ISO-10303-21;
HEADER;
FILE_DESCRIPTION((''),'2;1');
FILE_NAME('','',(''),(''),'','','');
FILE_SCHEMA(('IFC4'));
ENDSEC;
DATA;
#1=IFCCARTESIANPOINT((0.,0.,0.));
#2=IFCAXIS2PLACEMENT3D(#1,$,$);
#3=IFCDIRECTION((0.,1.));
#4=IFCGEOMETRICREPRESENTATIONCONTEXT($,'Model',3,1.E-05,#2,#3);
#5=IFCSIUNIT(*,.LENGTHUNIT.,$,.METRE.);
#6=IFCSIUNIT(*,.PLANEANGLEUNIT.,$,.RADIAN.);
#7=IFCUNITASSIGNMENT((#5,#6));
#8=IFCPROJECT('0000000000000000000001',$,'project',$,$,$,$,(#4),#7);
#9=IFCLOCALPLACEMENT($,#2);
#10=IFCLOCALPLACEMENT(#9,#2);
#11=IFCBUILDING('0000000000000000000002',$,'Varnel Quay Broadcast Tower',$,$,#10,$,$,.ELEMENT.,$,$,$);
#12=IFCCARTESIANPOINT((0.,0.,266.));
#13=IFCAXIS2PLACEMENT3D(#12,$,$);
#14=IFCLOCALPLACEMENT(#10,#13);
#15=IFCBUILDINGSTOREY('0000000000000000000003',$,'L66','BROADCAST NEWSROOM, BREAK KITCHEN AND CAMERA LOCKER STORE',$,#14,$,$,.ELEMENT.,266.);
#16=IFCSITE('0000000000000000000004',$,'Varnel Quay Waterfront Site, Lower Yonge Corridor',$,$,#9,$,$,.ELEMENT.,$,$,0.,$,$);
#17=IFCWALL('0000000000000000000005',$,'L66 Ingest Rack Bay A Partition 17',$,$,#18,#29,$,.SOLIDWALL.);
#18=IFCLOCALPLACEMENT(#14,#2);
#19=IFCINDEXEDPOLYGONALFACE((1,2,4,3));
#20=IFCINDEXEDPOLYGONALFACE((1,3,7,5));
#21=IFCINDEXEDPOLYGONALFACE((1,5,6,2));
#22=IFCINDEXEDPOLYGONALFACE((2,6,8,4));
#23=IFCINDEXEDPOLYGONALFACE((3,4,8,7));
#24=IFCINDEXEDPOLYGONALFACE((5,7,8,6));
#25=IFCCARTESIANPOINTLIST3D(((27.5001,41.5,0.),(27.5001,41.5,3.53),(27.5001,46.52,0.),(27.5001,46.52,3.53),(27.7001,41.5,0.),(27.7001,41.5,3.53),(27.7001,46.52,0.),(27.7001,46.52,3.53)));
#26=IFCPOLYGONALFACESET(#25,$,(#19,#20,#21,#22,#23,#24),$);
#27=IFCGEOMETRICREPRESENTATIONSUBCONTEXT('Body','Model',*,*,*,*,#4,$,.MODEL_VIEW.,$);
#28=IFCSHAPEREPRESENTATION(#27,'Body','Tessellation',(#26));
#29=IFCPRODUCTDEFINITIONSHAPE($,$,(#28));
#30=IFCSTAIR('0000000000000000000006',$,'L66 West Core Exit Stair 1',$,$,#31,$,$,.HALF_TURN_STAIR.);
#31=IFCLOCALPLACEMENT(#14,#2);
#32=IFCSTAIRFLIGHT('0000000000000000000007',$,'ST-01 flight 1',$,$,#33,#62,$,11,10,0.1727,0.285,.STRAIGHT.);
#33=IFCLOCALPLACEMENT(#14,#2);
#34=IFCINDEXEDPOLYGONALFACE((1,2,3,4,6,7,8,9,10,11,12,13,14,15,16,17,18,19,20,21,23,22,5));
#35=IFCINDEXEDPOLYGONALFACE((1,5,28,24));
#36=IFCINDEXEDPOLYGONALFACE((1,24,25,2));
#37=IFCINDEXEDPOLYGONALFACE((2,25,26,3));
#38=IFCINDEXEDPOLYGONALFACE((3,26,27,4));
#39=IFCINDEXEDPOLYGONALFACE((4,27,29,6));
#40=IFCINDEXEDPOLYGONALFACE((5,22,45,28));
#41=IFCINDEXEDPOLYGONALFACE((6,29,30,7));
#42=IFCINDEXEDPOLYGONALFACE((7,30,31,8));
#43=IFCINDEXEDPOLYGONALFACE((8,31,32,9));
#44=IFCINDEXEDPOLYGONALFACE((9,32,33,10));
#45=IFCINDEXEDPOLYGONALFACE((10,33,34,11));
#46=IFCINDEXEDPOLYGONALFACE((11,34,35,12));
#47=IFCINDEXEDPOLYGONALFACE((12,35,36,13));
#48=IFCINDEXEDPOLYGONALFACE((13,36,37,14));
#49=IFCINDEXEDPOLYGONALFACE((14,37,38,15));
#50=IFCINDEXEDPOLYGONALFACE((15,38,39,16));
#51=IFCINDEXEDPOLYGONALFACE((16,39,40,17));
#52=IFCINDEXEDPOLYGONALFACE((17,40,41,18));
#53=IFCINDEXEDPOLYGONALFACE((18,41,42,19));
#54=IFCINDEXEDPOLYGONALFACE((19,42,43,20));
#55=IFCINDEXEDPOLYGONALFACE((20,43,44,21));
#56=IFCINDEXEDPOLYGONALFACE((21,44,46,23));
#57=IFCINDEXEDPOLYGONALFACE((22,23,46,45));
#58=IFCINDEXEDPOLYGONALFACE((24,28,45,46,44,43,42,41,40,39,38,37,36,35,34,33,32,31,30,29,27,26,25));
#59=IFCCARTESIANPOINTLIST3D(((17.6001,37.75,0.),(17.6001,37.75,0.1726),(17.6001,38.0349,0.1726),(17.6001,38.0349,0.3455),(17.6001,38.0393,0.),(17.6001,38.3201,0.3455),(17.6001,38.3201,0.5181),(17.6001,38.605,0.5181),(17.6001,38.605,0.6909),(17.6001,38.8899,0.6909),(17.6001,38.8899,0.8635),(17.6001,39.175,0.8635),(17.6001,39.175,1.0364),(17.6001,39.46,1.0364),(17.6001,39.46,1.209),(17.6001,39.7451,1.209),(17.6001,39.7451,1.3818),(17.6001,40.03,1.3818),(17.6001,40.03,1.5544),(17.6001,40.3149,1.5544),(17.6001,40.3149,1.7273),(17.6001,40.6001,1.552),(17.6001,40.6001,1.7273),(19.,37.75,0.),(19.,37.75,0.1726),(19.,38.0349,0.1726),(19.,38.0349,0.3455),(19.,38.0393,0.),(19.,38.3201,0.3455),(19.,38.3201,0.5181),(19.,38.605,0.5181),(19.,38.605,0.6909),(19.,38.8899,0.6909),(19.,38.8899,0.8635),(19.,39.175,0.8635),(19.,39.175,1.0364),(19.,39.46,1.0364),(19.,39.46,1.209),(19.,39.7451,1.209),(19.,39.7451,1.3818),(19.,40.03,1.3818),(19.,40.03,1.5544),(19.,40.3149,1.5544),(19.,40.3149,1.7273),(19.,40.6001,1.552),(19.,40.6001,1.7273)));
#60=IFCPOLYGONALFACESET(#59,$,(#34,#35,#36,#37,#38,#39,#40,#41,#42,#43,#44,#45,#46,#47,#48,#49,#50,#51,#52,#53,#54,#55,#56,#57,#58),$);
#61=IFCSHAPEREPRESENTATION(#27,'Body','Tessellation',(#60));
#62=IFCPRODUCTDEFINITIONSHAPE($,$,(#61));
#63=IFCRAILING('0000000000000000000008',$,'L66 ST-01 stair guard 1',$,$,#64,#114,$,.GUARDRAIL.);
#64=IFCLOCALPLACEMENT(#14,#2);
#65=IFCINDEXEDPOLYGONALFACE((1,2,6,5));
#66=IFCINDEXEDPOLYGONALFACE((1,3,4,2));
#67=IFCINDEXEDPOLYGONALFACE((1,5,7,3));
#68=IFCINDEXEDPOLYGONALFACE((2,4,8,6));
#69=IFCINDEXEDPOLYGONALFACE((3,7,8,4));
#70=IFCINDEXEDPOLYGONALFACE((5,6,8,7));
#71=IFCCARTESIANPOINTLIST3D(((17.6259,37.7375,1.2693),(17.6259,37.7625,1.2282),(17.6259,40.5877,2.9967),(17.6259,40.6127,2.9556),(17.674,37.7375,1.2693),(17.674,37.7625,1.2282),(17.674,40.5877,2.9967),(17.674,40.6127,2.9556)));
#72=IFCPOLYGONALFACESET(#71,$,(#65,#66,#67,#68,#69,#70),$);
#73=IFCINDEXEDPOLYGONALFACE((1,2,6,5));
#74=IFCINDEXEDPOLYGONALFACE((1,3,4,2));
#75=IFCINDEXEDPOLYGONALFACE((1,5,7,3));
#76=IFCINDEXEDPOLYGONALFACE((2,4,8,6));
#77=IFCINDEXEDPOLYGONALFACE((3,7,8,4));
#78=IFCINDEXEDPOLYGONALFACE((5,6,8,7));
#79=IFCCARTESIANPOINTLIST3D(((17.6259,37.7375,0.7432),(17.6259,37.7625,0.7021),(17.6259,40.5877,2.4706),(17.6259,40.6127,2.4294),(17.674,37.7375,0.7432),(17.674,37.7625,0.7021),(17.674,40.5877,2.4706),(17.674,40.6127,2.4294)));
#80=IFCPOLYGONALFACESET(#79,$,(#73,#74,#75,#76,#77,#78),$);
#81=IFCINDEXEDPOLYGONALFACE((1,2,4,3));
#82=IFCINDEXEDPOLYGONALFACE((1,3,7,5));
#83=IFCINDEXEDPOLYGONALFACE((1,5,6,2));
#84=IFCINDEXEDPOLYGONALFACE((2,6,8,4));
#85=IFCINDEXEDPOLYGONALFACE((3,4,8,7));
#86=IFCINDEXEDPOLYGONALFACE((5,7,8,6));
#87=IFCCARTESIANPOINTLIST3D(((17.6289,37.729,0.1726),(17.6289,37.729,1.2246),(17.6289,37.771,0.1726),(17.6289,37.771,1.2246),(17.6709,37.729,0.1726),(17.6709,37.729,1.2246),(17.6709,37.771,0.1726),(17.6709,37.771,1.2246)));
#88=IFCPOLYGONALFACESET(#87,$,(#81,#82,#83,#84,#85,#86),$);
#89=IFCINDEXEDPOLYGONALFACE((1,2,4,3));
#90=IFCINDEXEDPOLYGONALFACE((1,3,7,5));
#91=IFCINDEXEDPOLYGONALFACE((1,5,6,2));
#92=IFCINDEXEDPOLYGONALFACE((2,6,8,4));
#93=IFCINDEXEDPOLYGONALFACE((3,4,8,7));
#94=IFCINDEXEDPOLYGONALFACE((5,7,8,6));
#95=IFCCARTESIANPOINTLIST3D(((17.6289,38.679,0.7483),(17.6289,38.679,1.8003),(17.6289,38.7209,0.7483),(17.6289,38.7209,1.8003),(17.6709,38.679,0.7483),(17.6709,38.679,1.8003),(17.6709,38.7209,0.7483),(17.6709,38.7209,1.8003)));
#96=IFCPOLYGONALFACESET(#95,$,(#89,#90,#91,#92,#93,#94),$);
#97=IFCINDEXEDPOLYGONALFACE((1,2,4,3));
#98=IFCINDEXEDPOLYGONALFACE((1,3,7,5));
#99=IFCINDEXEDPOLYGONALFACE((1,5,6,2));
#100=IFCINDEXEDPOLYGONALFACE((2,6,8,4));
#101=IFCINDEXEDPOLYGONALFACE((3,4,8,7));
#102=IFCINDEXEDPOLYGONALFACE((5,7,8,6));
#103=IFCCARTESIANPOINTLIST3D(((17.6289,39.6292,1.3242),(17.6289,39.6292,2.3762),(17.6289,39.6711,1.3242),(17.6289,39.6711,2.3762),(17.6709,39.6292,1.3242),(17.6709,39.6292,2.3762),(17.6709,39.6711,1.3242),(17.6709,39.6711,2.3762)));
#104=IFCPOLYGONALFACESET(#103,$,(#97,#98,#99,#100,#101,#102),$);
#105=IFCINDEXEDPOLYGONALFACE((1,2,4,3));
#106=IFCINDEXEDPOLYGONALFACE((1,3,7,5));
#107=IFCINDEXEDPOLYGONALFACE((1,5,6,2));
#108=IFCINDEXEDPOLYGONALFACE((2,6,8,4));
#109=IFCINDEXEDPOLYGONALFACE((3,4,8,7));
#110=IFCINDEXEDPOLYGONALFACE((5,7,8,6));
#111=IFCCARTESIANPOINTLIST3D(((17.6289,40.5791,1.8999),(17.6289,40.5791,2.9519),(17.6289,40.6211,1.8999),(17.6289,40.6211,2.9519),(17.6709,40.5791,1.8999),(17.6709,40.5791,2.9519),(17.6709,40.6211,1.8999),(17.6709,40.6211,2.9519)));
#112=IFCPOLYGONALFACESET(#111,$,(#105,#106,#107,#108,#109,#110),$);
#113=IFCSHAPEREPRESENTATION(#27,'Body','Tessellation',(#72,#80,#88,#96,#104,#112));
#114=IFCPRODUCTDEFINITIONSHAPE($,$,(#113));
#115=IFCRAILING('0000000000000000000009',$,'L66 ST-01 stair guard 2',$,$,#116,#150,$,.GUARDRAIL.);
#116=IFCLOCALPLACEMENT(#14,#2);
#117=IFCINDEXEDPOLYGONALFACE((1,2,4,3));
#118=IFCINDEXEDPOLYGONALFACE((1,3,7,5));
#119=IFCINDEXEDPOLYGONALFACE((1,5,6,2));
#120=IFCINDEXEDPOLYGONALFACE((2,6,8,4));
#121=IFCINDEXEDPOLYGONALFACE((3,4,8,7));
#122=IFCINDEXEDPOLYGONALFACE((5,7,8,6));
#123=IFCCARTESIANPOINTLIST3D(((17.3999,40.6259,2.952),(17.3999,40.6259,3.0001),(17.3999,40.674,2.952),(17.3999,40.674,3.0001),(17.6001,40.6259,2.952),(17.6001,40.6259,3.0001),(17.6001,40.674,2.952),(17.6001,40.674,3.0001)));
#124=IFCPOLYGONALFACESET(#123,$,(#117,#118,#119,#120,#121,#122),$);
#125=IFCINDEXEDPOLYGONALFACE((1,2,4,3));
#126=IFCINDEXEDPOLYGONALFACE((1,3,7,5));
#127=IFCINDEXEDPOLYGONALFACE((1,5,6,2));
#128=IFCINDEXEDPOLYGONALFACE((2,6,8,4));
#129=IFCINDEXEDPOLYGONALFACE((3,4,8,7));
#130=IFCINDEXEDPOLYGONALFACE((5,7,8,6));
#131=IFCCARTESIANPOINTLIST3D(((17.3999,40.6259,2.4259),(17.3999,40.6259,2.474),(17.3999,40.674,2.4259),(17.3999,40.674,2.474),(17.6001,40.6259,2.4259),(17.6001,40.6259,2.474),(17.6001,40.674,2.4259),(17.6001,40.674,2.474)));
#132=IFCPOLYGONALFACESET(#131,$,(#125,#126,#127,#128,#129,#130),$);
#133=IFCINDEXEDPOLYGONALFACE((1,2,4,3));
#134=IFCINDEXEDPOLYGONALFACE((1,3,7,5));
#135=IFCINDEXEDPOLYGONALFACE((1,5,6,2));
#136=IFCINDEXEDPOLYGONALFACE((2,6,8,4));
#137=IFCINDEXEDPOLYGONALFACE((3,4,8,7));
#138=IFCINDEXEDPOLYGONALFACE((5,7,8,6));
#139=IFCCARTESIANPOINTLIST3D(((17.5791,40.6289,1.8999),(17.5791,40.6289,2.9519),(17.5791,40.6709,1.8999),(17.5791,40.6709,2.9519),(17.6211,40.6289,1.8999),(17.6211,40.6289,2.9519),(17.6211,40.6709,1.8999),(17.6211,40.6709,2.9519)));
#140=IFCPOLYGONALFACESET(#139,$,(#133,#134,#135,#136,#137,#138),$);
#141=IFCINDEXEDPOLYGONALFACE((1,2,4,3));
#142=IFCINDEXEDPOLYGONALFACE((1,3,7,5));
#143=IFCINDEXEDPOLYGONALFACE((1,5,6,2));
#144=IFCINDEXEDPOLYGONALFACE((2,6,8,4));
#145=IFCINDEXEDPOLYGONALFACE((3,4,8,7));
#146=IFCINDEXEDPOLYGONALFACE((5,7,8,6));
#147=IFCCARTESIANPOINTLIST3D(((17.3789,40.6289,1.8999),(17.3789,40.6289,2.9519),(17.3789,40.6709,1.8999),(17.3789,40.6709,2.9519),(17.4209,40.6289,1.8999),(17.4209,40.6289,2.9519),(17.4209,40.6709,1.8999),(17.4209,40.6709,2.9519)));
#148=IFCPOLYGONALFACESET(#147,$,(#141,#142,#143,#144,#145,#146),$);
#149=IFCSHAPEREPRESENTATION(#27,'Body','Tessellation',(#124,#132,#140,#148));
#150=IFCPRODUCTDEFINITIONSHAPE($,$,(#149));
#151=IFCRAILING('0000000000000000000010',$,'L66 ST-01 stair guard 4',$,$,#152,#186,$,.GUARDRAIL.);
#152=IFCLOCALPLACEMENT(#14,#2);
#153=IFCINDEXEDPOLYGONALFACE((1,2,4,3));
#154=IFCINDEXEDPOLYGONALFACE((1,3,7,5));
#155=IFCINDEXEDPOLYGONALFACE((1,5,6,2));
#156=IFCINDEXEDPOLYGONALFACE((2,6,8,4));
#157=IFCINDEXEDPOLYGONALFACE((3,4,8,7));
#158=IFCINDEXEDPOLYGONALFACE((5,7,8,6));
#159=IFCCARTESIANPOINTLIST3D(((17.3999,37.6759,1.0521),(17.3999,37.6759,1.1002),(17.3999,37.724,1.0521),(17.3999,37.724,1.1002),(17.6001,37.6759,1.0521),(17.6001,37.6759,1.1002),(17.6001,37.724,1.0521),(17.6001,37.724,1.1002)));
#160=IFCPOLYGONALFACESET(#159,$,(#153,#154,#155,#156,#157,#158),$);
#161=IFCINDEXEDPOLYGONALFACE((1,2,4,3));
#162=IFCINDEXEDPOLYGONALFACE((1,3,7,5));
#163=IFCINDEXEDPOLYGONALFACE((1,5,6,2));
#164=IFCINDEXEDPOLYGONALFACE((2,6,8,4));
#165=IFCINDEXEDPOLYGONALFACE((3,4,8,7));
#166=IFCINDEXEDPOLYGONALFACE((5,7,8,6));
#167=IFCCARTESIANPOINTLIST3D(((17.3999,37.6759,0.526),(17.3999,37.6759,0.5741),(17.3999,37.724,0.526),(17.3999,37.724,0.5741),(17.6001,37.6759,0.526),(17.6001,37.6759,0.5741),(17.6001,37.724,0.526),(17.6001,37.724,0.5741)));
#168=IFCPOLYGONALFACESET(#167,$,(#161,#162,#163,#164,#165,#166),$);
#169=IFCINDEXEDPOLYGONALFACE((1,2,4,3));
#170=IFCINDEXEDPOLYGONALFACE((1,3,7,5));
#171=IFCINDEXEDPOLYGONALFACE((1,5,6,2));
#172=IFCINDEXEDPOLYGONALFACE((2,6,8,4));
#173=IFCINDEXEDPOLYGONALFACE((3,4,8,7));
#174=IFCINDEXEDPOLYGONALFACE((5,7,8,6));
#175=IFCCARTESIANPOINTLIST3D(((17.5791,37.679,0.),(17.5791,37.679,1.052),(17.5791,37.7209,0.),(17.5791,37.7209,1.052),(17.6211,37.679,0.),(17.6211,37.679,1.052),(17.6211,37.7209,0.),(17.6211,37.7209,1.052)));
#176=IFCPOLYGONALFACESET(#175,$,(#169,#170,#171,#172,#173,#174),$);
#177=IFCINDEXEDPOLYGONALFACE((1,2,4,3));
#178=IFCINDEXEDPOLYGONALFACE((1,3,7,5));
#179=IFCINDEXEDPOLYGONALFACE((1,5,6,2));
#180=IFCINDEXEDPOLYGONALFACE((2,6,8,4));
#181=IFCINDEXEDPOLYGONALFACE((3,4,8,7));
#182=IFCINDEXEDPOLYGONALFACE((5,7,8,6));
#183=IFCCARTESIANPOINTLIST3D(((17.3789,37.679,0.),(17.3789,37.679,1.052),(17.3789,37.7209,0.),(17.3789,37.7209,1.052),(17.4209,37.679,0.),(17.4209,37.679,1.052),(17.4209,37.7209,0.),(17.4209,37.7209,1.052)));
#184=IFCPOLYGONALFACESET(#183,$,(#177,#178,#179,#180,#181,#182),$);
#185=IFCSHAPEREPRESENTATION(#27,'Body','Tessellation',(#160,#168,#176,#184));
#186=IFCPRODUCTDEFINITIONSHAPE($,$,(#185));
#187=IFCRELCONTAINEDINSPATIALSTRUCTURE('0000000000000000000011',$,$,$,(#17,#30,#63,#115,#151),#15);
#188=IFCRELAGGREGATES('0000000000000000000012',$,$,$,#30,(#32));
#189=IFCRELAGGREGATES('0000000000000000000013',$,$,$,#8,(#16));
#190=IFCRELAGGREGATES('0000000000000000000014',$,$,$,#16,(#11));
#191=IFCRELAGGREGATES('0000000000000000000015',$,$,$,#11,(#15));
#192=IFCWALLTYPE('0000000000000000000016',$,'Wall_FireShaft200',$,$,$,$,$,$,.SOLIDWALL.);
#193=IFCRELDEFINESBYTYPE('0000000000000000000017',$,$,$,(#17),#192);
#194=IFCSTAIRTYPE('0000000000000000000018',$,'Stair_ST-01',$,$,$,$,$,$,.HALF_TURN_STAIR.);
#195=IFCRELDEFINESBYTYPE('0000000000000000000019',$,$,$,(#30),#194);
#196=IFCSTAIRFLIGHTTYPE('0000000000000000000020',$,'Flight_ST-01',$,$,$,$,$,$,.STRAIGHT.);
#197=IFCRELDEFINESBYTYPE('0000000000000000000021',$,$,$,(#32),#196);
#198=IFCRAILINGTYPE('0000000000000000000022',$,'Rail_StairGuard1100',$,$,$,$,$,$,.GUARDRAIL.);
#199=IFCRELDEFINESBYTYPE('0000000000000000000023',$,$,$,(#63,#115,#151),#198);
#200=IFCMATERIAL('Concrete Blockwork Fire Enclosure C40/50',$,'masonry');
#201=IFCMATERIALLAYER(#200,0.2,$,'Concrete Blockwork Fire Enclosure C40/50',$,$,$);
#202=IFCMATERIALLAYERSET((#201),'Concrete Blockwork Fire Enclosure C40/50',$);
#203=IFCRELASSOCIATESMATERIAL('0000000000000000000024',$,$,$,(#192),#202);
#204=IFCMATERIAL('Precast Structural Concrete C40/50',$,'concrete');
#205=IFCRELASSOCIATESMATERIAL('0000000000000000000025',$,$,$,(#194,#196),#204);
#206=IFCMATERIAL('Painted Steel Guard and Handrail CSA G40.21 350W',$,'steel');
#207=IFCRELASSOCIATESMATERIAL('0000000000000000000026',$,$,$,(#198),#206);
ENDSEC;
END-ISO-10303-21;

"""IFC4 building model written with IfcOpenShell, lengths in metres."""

from ifc_helpers import new_model, si_unit, direction, frame, frame_2d, origin, origin_2d, place, context, subcontext, project, spatial, polyline, rectangle, outline, extrude, material, layer, layer_set, type_object, element, aggregate, save


model = new_model("IFC4")

# Units and contexts
model_context = context("Model", 3, precision=1e-05, world=origin(), true_north=direction((0.0, 1.0)))
body_context = subcontext(model_context, "Body", "Model", "MODEL_VIEW")
ifc_project = project(units=[si_unit("LENGTHUNIT", "METRE"), si_unit("PLANEANGLEUNIT", "RADIAN")], contexts=[model_context])

# Site, building, storey
site_placement = place(None, origin())
site = spatial("IfcSite", under=ifc_project, at=site_placement, Name="Varnel Quay Waterfront Site, Lower Yonge Corridor", CompositionType="ELEMENT", RefElevation=0.0)
building_placement = place(site_placement, origin())
building = spatial("IfcBuilding", under=site, at=building_placement, Name="Varnel Quay Broadcast Tower", CompositionType="ELEMENT")
storey_placement = place(building_placement, frame((0.0, 0.0, 266.0)))
storey = spatial("IfcBuildingStorey", under=building, at=storey_placement, Name="L66", Description="BROADCAST NEWSROOM, BREAK KITCHEN AND CAMERA LOCKER STORE", CompositionType="ELEMENT", Elevation=266.0)

# Wall
ifc_material_1 = material(Name="Concrete Blockwork Fire Enclosure C40/50", Category="masonry")
ifc_layer_1 = layer(ifc_material_1, 0.2, Name="Concrete Blockwork Fire Enclosure C40/50")
ifc_layer_set_1 = layer_set([ifc_layer_1], Name="Concrete Blockwork Fire Enclosure C40/50")
wall_type_1 = type_object("IfcWallType", Name="Wall_FireShaft200", PredefinedType="SOLIDWALL", material=ifc_layer_set_1)
wall_1_placement = place(storey_placement, frame((27.6001, 41.5, 0.0), z_axis=(0.0, 0.0, 1.0), x_axis=(0.0, 1.0, 0.0)))
element("IfcWall", 1, at=wall_1_placement, inside=storey, type_object=wall_type_1, Name="L66 Ingest Rack Bay A Partition 17", PredefinedType="SOLIDWALL", context=body_context, shape_type="SweptSolid", body=[
    extrude(rectangle(XDim=5.02, YDim=0.2, at=frame_2d((2.51, 0.0))), origin(), (0.0, 0.0, 1.0), 3.53),
])

# Stair, stair flight
ifc_material_2 = material(Name="Precast Structural Concrete C40/50", Category="concrete")
stair_type = type_object("IfcStairType", Name="Stair_ST-01", PredefinedType="HALF_TURN_STAIR", material=ifc_material_2)
stair_placement = place(storey_placement, origin())
stair = element("IfcStair", 2, at=stair_placement, inside=storey, type_object=stair_type, Name="L66 West Core Exit Stair 1", PredefinedType="HALF_TURN_STAIR")
stair_flight_type = type_object("IfcStairFlightType", Name="Flight_ST-01", PredefinedType="STRAIGHT", material=ifc_material_2)
stair_flight_placement = place(storey_placement, frame((18.3, 37.75, 0.0), z_axis=(0.0, 0.0, 1.0), x_axis=(0.0, 1.0, 0.0)))
stair_flight = element("IfcStairFlight", 3, at=stair_flight_placement, type_object=stair_flight_type, Name="ST-01 flight 1", NumberOfRisers=11, NumberOfTreads=10, PredefinedType="STRAIGHT", RiserHeight=0.1727, TreadLength=0.285, context=body_context, shape_type="SweptSolid", body=[
    extrude(outline(polyline([(0.0, 0.0), (0.0, 0.1726), (0.2849, 0.1726), (0.2849, 0.3455), (0.5701, 0.3455), (0.5701, 0.5181), (0.855, 0.5181), (0.855, 0.6909), (1.1399, 0.6909), (1.1399, 0.8635), (1.425, 0.8635), (1.425, 1.0364), (1.71, 1.0364), (1.71, 1.209), (1.9951, 1.209), (1.9951, 1.3818), (2.28, 1.3818), (2.28, 1.5544), (2.5649, 1.5544), (2.5649, 1.7273), (2.8501, 1.7273), (2.8501, 1.8999), (2.8501, 1.552), (0.2893, 0.0), (0.0, 0.0)])), frame((0.0, 0.7, 0.0), z_axis=(0.0, -1.0, 0.0), x_axis=(1.0, 0.0, 0.0)), (0.0, 0.0, 1.0), 1.3999),
])
aggregate(stair, [stair_flight])

# Railings
ifc_material_3 = material(Name="Painted Steel Guard and Handrail CSA G40.21 350W", Category="steel")
railing_type_1 = type_object("IfcRailingType", Name="Rail_StairGuard1100", PredefinedType="GUARDRAIL", material=ifc_material_3)
railing_1_placement = place(storey_placement, frame((17.6499, 37.75, 0.1726)))
element("IfcRailing", 4, at=railing_1_placement, inside=storey, type_object=railing_type_1, Name="L66 ST-01 stair guard 1", PredefinedType="GUARDRAIL", context=body_context, shape_type="SweptSolid", body=[
    extrude(rectangle(XDim=0.0481, YDim=0.0481, at=origin_2d()), frame((0.0, 0.0, 1.0762), z_axis=(0.0, 0.855203, 0.518294), x_axis=(-1.0, 0.0, 0.0)), (0.0, 0.0, 1.0), 3.3328),
    extrude(rectangle(XDim=0.0481, YDim=0.0481, at=origin_2d()), frame((0.0, 0.0, 0.55), z_axis=(0.0, 0.855203, 0.518294), x_axis=(-1.0, 0.0, 0.0)), (0.0, 0.0, 1.0), 3.3328),
    extrude(rectangle(XDim=0.042, YDim=0.042, at=origin_2d()), origin(), (0.0, 0.0, 1.0), 1.052),
    extrude(rectangle(XDim=0.042, YDim=0.042, at=origin_2d()), frame((0.0, 0.95, 0.5757)), (0.0, 0.0, 1.0), 1.052),
    extrude(rectangle(XDim=0.042, YDim=0.042, at=origin_2d()), frame((0.0, 1.9001, 1.1516)), (0.0, 0.0, 1.0), 1.052),
    extrude(rectangle(XDim=0.042, YDim=0.042, at=origin_2d()), frame((0.0, 2.8501, 1.7273)), (0.0, 0.0, 1.0), 1.052),
])
for number, where, name in (
    (5, (17.6001, 40.6499, 1.8999), "L66 ST-01 stair guard 2"),
    (6, (17.6001, 37.7, 0.0), "L66 ST-01 stair guard 4"),
):
    element("IfcRailing", number, at=place(storey_placement, frame(where)), inside=storey, type_object=railing_type_1, Name=name, PredefinedType="GUARDRAIL", context=body_context, shape_type="SweptSolid", body=[
        extrude(rectangle(XDim=0.0481, YDim=0.0481, at=origin_2d()), frame((0.0, 0.0, 1.0762), z_axis=(-1.0, 0.0, 0.0), x_axis=(0.0, -1.0, 0.0)), (0.0, 0.0, 1.0), 0.2002),
        extrude(rectangle(XDim=0.0481, YDim=0.0481, at=origin_2d()), frame((0.0, 0.0, 0.55), z_axis=(-1.0, 0.0, 0.0), x_axis=(0.0, -1.0, 0.0)), (0.0, 0.0, 1.0), 0.2002),
        extrude(rectangle(XDim=0.042, YDim=0.042, at=origin_2d()), origin(), (0.0, 0.0, 1.0), 1.052),
        extrude(rectangle(XDim=0.042, YDim=0.042, at=origin_2d()), frame((-0.2002, 0.0, 0.0)), (0.0, 0.0, 1.0), 1.052),
    ])

save(model, "model.ifc")
